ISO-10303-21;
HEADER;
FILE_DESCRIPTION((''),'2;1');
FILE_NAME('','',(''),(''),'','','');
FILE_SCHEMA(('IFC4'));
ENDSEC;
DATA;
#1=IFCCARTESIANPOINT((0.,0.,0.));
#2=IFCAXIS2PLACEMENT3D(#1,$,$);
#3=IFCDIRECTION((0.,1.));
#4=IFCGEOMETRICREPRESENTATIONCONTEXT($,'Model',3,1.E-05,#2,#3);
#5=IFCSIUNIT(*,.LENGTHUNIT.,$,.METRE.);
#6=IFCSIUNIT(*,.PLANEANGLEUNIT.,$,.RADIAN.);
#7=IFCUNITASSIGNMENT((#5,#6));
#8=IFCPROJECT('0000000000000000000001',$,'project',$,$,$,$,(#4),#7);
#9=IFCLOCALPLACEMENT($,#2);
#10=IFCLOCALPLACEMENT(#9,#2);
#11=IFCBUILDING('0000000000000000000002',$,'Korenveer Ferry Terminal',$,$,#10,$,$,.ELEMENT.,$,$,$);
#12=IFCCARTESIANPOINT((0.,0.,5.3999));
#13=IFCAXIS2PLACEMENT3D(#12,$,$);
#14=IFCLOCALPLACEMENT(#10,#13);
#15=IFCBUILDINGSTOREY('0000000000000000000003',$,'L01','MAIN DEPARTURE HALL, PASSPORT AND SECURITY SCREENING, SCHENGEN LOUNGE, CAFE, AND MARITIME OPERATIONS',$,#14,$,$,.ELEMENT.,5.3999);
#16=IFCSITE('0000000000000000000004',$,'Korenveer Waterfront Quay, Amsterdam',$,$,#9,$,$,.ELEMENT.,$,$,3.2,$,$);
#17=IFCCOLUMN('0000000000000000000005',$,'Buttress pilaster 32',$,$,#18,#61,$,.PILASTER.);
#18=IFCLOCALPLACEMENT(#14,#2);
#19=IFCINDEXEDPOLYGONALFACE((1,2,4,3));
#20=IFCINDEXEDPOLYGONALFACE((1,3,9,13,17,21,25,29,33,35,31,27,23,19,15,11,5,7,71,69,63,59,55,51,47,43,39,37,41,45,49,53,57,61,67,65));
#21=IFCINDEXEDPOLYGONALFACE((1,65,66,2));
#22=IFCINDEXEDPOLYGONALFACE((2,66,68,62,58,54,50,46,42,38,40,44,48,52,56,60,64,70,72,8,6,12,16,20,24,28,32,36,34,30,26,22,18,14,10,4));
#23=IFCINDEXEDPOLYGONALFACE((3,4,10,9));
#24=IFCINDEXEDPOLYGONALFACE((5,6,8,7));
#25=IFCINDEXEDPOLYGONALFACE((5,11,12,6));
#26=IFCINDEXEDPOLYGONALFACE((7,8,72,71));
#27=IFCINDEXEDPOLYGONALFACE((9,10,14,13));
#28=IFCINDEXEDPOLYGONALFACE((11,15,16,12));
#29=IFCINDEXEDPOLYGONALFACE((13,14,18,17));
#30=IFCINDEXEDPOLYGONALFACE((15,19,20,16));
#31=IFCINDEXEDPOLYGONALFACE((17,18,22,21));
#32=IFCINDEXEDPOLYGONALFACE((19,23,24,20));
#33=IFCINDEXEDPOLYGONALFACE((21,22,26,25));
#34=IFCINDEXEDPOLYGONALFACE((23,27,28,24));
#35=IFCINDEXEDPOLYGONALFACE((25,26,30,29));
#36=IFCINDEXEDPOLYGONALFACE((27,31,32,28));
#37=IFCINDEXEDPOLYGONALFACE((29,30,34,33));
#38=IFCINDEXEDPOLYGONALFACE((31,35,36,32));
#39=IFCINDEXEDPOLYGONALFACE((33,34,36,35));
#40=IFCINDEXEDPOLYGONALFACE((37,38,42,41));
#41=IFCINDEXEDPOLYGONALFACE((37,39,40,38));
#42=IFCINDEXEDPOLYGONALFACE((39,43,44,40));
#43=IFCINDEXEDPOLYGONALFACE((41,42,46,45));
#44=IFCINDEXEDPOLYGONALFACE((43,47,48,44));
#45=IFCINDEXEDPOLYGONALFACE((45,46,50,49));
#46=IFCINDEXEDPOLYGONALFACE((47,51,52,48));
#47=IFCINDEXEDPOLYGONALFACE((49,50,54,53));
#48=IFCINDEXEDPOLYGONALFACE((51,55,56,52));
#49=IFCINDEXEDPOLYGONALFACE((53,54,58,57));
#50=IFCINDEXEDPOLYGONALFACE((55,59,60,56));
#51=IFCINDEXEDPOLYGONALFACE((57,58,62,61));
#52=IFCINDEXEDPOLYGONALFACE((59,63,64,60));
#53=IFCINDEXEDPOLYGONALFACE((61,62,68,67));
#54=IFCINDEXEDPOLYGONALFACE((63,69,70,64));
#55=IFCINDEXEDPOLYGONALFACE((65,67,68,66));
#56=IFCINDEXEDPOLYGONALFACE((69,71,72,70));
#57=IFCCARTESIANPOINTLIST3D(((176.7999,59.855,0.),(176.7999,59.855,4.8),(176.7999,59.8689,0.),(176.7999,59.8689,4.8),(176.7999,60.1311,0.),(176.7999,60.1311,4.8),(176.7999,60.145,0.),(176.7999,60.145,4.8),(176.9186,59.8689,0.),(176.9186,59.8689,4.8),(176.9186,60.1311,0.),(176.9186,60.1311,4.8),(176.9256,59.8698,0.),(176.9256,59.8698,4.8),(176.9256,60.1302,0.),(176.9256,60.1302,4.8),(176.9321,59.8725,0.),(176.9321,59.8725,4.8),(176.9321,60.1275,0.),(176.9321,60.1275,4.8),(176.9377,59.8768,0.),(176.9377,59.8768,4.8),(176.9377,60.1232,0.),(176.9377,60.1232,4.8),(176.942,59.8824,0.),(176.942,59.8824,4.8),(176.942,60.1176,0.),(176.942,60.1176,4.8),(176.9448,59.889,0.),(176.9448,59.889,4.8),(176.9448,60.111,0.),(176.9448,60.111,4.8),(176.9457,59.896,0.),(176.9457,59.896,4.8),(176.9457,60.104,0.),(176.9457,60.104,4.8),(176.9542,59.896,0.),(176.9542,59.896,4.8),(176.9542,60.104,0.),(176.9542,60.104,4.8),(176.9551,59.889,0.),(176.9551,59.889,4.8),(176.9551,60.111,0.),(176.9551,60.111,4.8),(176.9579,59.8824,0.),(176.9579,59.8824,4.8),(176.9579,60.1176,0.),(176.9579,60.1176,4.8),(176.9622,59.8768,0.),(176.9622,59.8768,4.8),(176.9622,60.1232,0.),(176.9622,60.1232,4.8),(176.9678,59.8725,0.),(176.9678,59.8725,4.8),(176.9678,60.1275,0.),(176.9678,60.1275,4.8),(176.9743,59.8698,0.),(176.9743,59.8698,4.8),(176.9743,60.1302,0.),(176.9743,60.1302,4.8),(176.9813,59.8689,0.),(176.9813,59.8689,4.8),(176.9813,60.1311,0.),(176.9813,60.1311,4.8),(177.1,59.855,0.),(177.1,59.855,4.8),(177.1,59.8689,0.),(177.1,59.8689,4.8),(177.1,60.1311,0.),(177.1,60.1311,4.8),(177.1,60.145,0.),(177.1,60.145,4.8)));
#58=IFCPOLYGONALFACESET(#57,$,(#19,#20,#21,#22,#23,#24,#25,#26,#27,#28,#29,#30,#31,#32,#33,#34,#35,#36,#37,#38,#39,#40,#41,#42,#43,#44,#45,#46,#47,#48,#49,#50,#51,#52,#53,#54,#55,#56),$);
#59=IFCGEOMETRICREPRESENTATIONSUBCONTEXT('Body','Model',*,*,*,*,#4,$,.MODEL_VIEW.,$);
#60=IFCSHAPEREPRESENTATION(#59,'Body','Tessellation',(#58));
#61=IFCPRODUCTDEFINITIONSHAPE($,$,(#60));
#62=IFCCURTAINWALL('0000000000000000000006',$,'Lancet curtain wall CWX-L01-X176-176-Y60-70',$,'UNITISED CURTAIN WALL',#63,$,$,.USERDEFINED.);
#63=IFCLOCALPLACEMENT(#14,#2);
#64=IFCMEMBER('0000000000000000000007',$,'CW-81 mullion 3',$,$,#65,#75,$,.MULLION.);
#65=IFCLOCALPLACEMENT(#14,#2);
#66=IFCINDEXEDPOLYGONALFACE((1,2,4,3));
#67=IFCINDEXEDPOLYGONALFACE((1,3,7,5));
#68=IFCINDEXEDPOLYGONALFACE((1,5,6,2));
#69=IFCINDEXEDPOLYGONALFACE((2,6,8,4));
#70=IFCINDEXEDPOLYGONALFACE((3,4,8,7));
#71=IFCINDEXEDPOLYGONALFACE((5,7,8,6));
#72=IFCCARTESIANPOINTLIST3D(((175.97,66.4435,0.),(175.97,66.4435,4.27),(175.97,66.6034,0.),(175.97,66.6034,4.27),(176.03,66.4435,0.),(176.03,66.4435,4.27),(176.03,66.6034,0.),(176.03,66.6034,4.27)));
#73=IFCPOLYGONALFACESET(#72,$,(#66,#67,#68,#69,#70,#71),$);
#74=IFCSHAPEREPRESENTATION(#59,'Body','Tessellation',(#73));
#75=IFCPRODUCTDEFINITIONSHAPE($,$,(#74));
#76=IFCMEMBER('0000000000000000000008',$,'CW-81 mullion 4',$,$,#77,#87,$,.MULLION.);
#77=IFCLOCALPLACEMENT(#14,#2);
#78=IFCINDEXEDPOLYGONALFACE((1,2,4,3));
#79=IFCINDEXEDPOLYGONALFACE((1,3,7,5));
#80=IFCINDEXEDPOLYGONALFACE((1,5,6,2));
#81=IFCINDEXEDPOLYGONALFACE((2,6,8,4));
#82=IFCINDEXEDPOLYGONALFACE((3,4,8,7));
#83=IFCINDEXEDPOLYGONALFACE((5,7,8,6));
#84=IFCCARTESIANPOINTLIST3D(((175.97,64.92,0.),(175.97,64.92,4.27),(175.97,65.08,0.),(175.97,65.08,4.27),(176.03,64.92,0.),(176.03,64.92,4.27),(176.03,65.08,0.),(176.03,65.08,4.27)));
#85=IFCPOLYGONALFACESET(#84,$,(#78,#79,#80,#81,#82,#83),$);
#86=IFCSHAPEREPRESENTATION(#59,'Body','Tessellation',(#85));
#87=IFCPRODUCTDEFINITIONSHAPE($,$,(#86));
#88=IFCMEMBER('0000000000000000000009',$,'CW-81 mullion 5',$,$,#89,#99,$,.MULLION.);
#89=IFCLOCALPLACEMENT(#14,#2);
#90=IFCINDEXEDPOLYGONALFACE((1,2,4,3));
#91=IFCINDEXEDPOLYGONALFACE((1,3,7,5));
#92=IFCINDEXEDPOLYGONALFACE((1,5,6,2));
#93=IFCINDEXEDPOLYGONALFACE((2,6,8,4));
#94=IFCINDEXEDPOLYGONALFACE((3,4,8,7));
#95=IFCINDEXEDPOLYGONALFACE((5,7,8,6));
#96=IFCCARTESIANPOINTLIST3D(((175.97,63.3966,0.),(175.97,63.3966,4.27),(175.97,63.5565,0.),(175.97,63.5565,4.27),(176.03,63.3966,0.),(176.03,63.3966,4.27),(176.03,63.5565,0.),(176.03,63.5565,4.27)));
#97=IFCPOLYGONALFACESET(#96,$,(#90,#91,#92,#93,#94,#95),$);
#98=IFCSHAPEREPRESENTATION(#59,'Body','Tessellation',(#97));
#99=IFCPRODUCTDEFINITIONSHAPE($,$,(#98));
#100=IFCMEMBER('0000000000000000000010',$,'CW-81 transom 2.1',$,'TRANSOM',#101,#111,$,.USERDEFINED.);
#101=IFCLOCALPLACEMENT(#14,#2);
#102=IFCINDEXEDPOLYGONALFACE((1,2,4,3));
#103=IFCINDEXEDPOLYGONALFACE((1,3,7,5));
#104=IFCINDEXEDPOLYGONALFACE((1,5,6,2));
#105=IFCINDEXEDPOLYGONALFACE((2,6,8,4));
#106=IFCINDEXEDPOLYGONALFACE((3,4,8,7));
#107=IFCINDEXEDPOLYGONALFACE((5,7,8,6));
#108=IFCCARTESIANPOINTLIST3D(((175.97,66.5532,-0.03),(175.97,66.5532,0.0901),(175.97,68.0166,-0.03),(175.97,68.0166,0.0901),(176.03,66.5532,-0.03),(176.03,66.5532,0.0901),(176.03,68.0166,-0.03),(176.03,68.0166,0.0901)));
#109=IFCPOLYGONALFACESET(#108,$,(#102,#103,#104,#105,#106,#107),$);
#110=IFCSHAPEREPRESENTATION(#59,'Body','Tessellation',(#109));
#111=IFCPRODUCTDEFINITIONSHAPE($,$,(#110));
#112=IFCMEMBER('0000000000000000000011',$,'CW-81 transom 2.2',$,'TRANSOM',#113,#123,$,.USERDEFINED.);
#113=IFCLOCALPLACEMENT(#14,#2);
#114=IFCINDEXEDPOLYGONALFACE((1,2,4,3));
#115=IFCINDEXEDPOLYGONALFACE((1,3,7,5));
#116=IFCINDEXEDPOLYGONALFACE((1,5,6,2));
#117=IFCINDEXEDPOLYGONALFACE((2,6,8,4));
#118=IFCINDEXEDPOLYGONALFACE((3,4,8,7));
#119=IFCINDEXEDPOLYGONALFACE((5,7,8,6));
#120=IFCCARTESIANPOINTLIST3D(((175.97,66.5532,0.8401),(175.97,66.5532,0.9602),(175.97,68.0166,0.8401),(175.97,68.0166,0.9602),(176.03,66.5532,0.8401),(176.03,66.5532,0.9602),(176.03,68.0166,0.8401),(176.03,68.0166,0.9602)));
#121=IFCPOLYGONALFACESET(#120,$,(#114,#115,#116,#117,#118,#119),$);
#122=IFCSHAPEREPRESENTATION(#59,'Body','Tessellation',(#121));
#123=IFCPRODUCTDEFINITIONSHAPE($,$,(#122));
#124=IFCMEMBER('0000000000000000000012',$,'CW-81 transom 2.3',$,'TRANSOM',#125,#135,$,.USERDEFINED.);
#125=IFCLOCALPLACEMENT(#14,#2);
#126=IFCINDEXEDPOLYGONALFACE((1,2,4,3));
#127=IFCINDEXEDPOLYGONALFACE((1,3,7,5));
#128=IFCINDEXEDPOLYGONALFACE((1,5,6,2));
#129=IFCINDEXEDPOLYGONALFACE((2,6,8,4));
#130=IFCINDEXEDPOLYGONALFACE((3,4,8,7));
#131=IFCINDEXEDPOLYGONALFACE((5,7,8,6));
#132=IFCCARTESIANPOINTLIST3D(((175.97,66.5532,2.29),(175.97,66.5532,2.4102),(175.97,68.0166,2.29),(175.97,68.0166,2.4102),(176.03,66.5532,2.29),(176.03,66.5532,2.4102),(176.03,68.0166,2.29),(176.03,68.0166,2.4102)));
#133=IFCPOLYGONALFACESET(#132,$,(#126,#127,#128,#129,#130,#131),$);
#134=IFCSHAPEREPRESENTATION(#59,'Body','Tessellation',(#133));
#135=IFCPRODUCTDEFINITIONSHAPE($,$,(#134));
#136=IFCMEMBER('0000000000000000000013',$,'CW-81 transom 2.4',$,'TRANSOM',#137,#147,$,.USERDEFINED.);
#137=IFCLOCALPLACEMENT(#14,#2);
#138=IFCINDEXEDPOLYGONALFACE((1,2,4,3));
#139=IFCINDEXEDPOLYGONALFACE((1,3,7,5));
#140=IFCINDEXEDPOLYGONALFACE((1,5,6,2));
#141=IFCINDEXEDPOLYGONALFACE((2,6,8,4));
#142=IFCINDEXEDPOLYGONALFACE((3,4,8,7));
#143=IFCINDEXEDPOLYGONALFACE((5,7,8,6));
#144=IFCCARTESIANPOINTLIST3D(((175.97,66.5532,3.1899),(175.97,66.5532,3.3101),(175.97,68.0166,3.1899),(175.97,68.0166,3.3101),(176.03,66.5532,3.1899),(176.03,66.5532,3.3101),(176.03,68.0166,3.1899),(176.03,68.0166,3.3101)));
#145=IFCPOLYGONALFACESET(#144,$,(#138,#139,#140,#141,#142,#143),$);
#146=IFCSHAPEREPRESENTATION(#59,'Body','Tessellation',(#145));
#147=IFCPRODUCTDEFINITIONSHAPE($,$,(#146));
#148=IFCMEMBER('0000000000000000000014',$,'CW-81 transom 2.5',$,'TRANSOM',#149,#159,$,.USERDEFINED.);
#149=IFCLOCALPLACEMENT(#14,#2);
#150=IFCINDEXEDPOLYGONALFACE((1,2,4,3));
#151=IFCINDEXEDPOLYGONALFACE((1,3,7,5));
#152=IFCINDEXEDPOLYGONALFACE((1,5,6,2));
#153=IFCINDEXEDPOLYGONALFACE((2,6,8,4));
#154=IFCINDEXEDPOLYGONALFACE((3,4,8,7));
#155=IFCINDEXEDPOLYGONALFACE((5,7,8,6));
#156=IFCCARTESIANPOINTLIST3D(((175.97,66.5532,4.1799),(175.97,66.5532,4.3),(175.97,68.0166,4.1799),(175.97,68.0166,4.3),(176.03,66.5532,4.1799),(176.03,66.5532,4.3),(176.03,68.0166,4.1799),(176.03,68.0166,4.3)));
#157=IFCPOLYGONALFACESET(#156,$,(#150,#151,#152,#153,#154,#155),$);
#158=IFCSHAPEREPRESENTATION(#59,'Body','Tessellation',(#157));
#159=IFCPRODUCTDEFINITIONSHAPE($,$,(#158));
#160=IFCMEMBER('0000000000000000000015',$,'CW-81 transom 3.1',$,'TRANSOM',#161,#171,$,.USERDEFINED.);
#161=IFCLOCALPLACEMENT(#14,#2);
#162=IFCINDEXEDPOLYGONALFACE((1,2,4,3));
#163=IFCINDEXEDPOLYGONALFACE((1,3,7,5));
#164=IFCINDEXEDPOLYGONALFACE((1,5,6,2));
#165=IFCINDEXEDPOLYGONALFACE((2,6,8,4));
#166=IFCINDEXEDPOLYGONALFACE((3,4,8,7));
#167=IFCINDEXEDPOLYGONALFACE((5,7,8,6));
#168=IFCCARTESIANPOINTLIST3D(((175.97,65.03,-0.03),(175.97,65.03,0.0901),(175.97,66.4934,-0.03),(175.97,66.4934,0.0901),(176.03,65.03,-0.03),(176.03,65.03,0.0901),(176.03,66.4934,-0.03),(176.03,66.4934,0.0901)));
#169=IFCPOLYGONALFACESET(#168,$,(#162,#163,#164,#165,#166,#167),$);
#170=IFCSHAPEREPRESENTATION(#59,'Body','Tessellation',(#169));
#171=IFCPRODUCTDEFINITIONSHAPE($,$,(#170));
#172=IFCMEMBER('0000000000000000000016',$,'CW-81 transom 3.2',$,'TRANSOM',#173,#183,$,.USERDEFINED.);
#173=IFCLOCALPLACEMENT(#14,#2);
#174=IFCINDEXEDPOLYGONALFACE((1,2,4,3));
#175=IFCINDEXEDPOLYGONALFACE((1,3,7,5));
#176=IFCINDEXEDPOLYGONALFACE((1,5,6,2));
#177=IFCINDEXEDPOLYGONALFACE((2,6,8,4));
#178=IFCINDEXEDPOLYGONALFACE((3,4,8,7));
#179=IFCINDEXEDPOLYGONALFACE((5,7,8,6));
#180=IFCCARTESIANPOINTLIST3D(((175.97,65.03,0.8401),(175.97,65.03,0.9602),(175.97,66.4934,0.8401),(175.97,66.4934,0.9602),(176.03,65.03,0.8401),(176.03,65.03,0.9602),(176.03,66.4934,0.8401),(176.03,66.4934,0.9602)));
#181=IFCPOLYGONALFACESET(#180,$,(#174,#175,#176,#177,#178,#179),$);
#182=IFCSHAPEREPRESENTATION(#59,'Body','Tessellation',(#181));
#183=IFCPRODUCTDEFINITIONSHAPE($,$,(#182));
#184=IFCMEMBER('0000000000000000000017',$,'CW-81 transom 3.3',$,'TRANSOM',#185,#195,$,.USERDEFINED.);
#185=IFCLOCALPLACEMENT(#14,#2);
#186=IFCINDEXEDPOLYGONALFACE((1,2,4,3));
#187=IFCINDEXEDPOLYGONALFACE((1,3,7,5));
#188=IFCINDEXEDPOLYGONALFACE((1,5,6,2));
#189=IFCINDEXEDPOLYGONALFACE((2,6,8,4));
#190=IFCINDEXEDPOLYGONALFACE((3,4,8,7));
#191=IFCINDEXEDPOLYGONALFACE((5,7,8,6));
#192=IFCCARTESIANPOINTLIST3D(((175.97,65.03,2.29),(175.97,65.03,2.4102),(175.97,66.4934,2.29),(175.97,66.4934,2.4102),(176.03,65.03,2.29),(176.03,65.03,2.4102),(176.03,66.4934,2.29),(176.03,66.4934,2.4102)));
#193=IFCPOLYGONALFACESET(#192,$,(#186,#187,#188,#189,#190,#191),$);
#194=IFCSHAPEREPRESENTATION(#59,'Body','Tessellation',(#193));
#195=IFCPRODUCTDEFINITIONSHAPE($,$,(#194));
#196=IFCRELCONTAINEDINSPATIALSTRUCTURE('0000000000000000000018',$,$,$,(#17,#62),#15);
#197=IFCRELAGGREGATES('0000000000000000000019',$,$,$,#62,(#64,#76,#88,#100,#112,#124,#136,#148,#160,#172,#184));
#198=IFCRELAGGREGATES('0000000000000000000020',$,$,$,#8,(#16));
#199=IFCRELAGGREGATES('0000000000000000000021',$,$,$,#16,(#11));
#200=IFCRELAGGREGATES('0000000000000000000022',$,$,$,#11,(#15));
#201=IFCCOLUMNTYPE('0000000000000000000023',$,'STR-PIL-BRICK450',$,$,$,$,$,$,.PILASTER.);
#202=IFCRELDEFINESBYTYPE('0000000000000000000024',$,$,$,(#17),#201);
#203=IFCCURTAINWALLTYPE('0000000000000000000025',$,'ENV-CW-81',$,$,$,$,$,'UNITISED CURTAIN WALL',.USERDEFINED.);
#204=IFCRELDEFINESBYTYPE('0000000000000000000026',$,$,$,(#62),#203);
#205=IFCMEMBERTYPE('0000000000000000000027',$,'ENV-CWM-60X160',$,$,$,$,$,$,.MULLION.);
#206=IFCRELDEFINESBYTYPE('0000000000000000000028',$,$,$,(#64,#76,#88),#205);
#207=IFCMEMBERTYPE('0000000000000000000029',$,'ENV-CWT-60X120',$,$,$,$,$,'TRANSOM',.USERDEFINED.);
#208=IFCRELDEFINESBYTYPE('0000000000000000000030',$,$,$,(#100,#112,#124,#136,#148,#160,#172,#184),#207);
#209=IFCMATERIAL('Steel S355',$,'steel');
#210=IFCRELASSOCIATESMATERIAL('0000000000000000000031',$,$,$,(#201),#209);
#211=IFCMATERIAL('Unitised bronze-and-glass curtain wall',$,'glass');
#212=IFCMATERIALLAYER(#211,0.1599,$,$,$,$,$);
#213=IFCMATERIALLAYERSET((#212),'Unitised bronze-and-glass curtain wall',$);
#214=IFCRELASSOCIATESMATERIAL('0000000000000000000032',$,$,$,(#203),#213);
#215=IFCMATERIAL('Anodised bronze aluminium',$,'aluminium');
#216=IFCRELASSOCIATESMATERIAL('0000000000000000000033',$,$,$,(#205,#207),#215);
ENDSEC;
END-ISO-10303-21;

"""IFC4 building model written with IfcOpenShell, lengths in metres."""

from ifc_helpers import new_model, si_unit, direction, frame, origin, origin_2d, place, context, subcontext, project, spatial, rectangle, i_section, extrude, material, layer, layer_set, material_profile, profile_set, type_object, element, aggregate, save


model = new_model("IFC4")

# Units and contexts
model_context = context("Model", 3, precision=1e-05, world=origin(), true_north=direction((0.0, 1.0)))
body_context = subcontext(model_context, "Body", "Model", "MODEL_VIEW")
ifc_project = project(units=[si_unit("LENGTHUNIT", "METRE"), si_unit("PLANEANGLEUNIT", "RADIAN")], contexts=[model_context])

# Site, building, storey
site_placement = place(None, origin())
site = spatial("IfcSite", under=ifc_project, at=site_placement, Name="Korenveer Waterfront Quay, Amsterdam", CompositionType="ELEMENT", RefElevation=3.2)
building_placement = place(site_placement, origin())
building = spatial("IfcBuilding", under=site, at=building_placement, Name="Korenveer Ferry Terminal", CompositionType="ELEMENT")
storey_placement = place(building_placement, frame((0.0, 0.0, 5.3999)))
storey = spatial("IfcBuildingStorey", under=building, at=storey_placement, Name="L01", Description="MAIN DEPARTURE HALL, PASSPORT AND SECURITY SCREENING, SCHENGEN LOUNGE, CAFE, AND MARITIME OPERATIONS", CompositionType="ELEMENT", Elevation=5.3999)

# Column
ifc_material_1 = material(Name="Steel S355", Category="steel")
ifc_material_profile_1 = material_profile(ifc_material_1, i_section(OverallWidth=0.3, OverallDepth=0.29, WebThickness=0.0085, FlangeThickness=0.0139, FilletRadius=0.0271, at=origin_2d()), Name="HEA 300")
ifc_profile_set_1 = profile_set([ifc_material_profile_1], Name="Steel S355")
column_type = type_object("IfcColumnType", Name="STR-PIL-BRICK450", PredefinedType="PILASTER", material=ifc_profile_set_1)
column_placement = place(storey_placement, frame((176.95, 60.0, 0.0), z_axis=(0.0, 0.0, 1.0), x_axis=(1.0, 0.0, 0.0)))
element("IfcColumn", 1, at=column_placement, inside=storey, type_object=column_type, Name="Buttress pilaster 32", PredefinedType="PILASTER", context=body_context, shape_type="SweptSolid", body=[
    extrude(i_section(OverallWidth=0.3, OverallDepth=0.29, WebThickness=0.0085, FlangeThickness=0.0139, FilletRadius=0.0271, at=origin_2d()), origin(), (0.0, 0.0, 1.0), 4.8),
])

# Curtain wall, members
ifc_material_2 = material(Name="Unitised bronze-and-glass curtain wall", Category="glass")
ifc_layer_1 = layer(ifc_material_2, 0.1599)
ifc_layer_set_1 = layer_set([ifc_layer_1], Name="Unitised bronze-and-glass curtain wall")
curtain_wall_type = type_object("IfcCurtainWallType", Name="ENV-CW-81", ElementType="UNITISED CURTAIN WALL", PredefinedType="USERDEFINED", material=ifc_layer_set_1)
curtain_wall_placement = place(storey_placement, frame((176.0, 69.5701, 0.0)))
curtain_wall = element("IfcCurtainWall", 2, at=curtain_wall_placement, inside=storey, type_object=curtain_wall_type, Name="Lancet curtain wall CWX-L01-X176-176-Y60-70", ObjectType="UNITISED CURTAIN WALL", PredefinedType="USERDEFINED")
ifc_material_3 = material(Name="Anodised bronze aluminium", Category="aluminium")
ifc_material_profile_2 = material_profile(ifc_material_3, rectangle(XDim=0.0601, YDim=0.1599, at=origin_2d()), Name="ALU 60x160")
ifc_profile_set_2 = profile_set([ifc_material_profile_2], Name="Anodised bronze aluminium")
member_type_1 = type_object("IfcMemberType", Name="ENV-CWM-60X160", PredefinedType="MULLION", material=ifc_profile_set_2)
member_1_placement = place(storey_placement, frame((176.0, 66.5234, 0.0), z_axis=(0.0, 0.0, 1.0), x_axis=(1.0, 0.0, 0.0)))
member_1 = element("IfcMember", 3, at=member_1_placement, type_object=member_type_1, Name="CW-81 mullion 3", PredefinedType="MULLION", context=body_context, shape_type="SweptSolid", body=[
    extrude(rectangle(XDim=0.0601, YDim=0.1599, at=origin_2d()), origin(), (0.0, 0.0, 1.0), 4.27),
])
member_2_placement = place(storey_placement, frame((176.0, 65.0, 0.0), z_axis=(0.0, 0.0, 1.0), x_axis=(1.0, 0.0, 0.0)))
member_2 = element("IfcMember", 4, at=member_2_placement, type_object=member_type_1, Name="CW-81 mullion 4", PredefinedType="MULLION", context=body_context, shape_type="SweptSolid", body=[
    extrude(rectangle(XDim=0.0601, YDim=0.1599, at=origin_2d()), origin(), (0.0, 0.0, 1.0), 4.27),
])
member_3_placement = place(storey_placement, frame((176.0, 63.4766, 0.0), z_axis=(0.0, 0.0, 1.0), x_axis=(1.0, 0.0, 0.0)))
member_3 = element("IfcMember", 5, at=member_3_placement, type_object=member_type_1, Name="CW-81 mullion 5", PredefinedType="MULLION", context=body_context, shape_type="SweptSolid", body=[
    extrude(rectangle(XDim=0.0601, YDim=0.1599, at=origin_2d()), origin(), (0.0, 0.0, 1.0), 4.27),
])
ifc_material_profile_3 = material_profile(ifc_material_3, rectangle(XDim=0.0601, YDim=0.1201, at=origin_2d()), Name="ALU 60x120")
ifc_profile_set_3 = profile_set([ifc_material_profile_3], Name="Anodised bronze aluminium")
member_type_2 = type_object("IfcMemberType", Name="ENV-CWT-60X120", ElementType="TRANSOM", PredefinedType="USERDEFINED", material=ifc_profile_set_3)
member_4_placement = place(storey_placement, frame((176.0, 68.0166, 0.03), z_axis=(0.0, -1.0, 0.0), x_axis=(1.0, 0.0, 0.0)))
member_4 = element("IfcMember", 6, at=member_4_placement, type_object=member_type_2, Name="CW-81 transom 2.1", ObjectType="TRANSOM", PredefinedType="USERDEFINED", context=body_context, shape_type="SweptSolid", body=[
    extrude(rectangle(XDim=0.0601, YDim=0.1201, at=origin_2d()), origin(), (0.0, 0.0, 1.0), 1.4634),
])
member_5_placement = place(storey_placement, frame((176.0, 68.0166, 0.9001), z_axis=(0.0, -1.0, 0.0), x_axis=(1.0, 0.0, 0.0)))
member_5 = element("IfcMember", 7, at=member_5_placement, type_object=member_type_2, Name="CW-81 transom 2.2", ObjectType="TRANSOM", PredefinedType="USERDEFINED", context=body_context, shape_type="SweptSolid", body=[
    extrude(rectangle(XDim=0.0601, YDim=0.1201, at=origin_2d()), origin(), (0.0, 0.0, 1.0), 1.4634),
])
member_6_placement = place(storey_placement, frame((176.0, 68.0166, 2.3501), z_axis=(0.0, -1.0, 0.0), x_axis=(1.0, 0.0, 0.0)))
member_6 = element("IfcMember", 8, at=member_6_placement, type_object=member_type_2, Name="CW-81 transom 2.3", ObjectType="TRANSOM", PredefinedType="USERDEFINED", context=body_context, shape_type="SweptSolid", body=[
    extrude(rectangle(XDim=0.0601, YDim=0.1201, at=origin_2d()), origin(), (0.0, 0.0, 1.0), 1.4634),
])
member_7_placement = place(storey_placement, frame((176.0, 68.0166, 3.25), z_axis=(0.0, -1.0, 0.0), x_axis=(1.0, 0.0, 0.0)))
member_7 = element("IfcMember", 9, at=member_7_placement, type_object=member_type_2, Name="CW-81 transom 2.4", ObjectType="TRANSOM", PredefinedType="USERDEFINED", context=body_context, shape_type="SweptSolid", body=[
    extrude(rectangle(XDim=0.0601, YDim=0.1201, at=origin_2d()), origin(), (0.0, 0.0, 1.0), 1.4634),
])
member_8_placement = place(storey_placement, frame((176.0, 68.0166, 4.24), z_axis=(0.0, -1.0, 0.0), x_axis=(1.0, 0.0, 0.0)))
member_8 = element("IfcMember", 10, at=member_8_placement, type_object=member_type_2, Name="CW-81 transom 2.5", ObjectType="TRANSOM", PredefinedType="USERDEFINED", context=body_context, shape_type="SweptSolid", body=[
    extrude(rectangle(XDim=0.0601, YDim=0.1201, at=origin_2d()), origin(), (0.0, 0.0, 1.0), 1.4634),
])
member_9_placement = place(storey_placement, frame((176.0, 66.4934, 0.03), z_axis=(0.0, -1.0, 0.0), x_axis=(1.0, 0.0, 0.0)))
member_9 = element("IfcMember", 11, at=member_9_placement, type_object=member_type_2, Name="CW-81 transom 3.1", ObjectType="TRANSOM", PredefinedType="USERDEFINED", context=body_context, shape_type="SweptSolid", body=[
    extrude(rectangle(XDim=0.0601, YDim=0.1201, at=origin_2d()), origin(), (0.0, 0.0, 1.0), 1.4634),
])
member_10_placement = place(storey_placement, frame((176.0, 66.4934, 0.9001), z_axis=(0.0, -1.0, 0.0), x_axis=(1.0, 0.0, 0.0)))
member_10 = element("IfcMember", 12, at=member_10_placement, type_object=member_type_2, Name="CW-81 transom 3.2", ObjectType="TRANSOM", PredefinedType="USERDEFINED", context=body_context, shape_type="SweptSolid", body=[
    extrude(rectangle(XDim=0.0601, YDim=0.1201, at=origin_2d()), origin(), (0.0, 0.0, 1.0), 1.4634),
])
member_11_placement = place(storey_placement, frame((176.0, 66.4934, 2.3501), z_axis=(0.0, -1.0, 0.0), x_axis=(1.0, 0.0, 0.0)))
member_11 = element("IfcMember", 13, at=member_11_placement, type_object=member_type_2, Name="CW-81 transom 3.3", ObjectType="TRANSOM", PredefinedType="USERDEFINED", context=body_context, shape_type="SweptSolid", body=[
    extrude(rectangle(XDim=0.0601, YDim=0.1201, at=origin_2d()), origin(), (0.0, 0.0, 1.0), 1.4634),
])
aggregate(curtain_wall, [member_1, member_2, member_3, member_4, member_5, member_6, member_7, member_8, member_9, member_10, member_11])

save(model, "model.ifc")
